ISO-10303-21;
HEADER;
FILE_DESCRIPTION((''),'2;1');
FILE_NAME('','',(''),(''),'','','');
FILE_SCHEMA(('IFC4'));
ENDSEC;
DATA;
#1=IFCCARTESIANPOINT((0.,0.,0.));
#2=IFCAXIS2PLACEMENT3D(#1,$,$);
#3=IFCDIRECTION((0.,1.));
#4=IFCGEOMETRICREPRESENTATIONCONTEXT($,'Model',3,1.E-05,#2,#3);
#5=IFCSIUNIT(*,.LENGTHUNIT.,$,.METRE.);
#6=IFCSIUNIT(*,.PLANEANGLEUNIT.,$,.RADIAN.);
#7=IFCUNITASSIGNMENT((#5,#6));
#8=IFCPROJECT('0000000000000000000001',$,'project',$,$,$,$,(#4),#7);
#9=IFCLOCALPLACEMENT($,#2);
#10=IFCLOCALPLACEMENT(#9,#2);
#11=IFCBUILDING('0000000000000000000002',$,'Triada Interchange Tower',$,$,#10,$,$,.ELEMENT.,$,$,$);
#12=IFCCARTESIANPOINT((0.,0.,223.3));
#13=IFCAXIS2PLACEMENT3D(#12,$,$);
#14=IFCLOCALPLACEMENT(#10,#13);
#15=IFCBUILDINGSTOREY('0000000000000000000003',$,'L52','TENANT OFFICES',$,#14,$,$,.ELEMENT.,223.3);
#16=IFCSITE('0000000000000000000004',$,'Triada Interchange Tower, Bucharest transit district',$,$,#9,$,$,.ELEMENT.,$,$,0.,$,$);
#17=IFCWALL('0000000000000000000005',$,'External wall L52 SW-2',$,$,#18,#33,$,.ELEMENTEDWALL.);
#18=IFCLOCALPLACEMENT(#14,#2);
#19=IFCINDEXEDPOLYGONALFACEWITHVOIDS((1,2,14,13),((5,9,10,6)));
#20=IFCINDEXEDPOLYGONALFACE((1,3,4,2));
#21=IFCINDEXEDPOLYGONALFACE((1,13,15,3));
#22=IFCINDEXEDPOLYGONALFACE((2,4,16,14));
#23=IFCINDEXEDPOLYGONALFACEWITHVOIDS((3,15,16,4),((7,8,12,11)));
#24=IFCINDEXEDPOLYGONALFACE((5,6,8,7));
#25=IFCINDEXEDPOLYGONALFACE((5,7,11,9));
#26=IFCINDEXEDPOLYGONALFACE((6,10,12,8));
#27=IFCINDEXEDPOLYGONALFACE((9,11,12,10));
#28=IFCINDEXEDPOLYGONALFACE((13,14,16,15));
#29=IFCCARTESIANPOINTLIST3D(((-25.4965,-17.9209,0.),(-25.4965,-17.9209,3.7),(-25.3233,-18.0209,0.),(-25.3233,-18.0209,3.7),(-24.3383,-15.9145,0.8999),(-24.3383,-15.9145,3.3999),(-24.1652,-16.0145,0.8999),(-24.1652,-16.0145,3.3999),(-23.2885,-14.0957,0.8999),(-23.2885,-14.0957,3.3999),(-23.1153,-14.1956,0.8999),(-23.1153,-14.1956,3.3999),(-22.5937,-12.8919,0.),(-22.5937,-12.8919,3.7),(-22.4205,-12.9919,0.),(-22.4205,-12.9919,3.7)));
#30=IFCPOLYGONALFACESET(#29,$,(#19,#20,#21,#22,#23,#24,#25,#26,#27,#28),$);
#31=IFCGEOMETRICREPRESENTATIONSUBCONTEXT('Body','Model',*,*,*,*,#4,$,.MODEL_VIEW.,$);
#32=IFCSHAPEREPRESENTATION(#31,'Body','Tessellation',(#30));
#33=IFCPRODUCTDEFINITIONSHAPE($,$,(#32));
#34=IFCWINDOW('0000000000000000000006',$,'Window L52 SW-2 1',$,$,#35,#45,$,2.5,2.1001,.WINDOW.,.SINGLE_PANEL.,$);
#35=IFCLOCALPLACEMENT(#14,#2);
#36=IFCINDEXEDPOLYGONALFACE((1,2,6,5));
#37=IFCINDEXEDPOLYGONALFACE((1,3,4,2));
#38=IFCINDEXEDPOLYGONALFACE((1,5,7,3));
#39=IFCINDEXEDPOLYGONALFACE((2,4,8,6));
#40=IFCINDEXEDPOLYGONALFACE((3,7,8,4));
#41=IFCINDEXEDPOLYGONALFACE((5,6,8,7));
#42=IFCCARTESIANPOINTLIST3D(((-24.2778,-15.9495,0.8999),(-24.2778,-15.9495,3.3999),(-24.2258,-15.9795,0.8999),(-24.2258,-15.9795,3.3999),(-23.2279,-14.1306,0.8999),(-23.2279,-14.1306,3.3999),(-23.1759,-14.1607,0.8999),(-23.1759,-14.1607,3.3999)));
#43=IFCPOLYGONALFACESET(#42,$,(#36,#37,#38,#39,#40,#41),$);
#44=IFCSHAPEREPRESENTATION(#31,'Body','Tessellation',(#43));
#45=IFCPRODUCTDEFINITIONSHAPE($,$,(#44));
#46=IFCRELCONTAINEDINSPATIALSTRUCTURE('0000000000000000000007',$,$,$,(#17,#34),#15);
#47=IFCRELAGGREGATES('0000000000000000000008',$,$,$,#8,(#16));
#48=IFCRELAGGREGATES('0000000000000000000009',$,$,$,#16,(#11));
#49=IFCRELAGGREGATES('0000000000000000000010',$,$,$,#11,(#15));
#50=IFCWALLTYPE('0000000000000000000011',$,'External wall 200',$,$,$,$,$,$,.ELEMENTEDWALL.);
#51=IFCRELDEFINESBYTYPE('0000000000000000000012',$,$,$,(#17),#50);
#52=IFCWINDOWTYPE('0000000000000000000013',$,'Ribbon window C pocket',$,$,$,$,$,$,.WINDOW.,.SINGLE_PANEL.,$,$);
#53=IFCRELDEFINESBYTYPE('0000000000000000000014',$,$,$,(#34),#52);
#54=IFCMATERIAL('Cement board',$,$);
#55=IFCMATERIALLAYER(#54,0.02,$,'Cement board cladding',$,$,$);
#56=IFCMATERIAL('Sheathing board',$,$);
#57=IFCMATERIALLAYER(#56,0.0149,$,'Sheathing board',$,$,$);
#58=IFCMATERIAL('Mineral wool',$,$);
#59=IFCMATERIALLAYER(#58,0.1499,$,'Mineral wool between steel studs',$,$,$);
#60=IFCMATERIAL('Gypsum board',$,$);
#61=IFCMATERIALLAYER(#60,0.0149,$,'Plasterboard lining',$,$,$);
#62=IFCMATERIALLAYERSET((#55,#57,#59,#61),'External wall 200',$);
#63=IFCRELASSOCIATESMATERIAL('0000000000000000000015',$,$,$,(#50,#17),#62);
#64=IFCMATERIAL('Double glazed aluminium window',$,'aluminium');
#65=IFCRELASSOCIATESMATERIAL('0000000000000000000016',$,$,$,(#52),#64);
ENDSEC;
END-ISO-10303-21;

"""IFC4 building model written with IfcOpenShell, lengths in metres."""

from ifc_helpers import new_model, si_unit, direction, frame, frame_2d, origin, place, context, subcontext, project, spatial, rectangle, extrude, material, layer, layer_set, layer_usage, type_object, element, fill, save


model = new_model("IFC4")

# Units and contexts
model_context = context("Model", 3, precision=1e-05, world=origin(), true_north=direction((0.0, 1.0)))
body_context = subcontext(model_context, "Body", "Model", "MODEL_VIEW")
ifc_project = project(units=[si_unit("LENGTHUNIT", "METRE"), si_unit("PLANEANGLEUNIT", "RADIAN")], contexts=[model_context])

# Site, building, storey
site_placement = place(None, origin())
site = spatial("IfcSite", under=ifc_project, at=site_placement, Name="Triada Interchange Tower, Bucharest transit district", CompositionType="ELEMENT", RefElevation=0.0)
building_placement = place(site_placement, origin())
building = spatial("IfcBuilding", under=site, at=building_placement, Name="Triada Interchange Tower", CompositionType="ELEMENT")
storey_placement = place(building_placement, frame((0.0, 0.0, 223.3)))
storey = spatial("IfcBuildingStorey", under=building, at=storey_placement, Name="L52", Description="TENANT OFFICES", CompositionType="ELEMENT", Elevation=223.3)

# Wall, opening, window
ifc_material_1 = material(Name="Cement board")
ifc_layer_1 = layer(ifc_material_1, 0.02, Name="Cement board cladding")
ifc_material_2 = material(Name="Sheathing board")
ifc_layer_2 = layer(ifc_material_2, 0.0149, Name="Sheathing board")
ifc_material_3 = material(Name="Mineral wool")
ifc_layer_3 = layer(ifc_material_3, 0.1499, Name="Mineral wool between steel studs")
ifc_material_4 = material(Name="Gypsum board")
ifc_layer_4 = layer(ifc_material_4, 0.0149, Name="Plasterboard lining")
ifc_layer_set_1 = layer_set([ifc_layer_1, ifc_layer_2, ifc_layer_3, ifc_layer_4], Name="External wall 200")
ifc_layer_usage = layer_usage(ifc_layer_set_1, "AXIS2", "POSITIVE", -0.1001)
wall_type_1 = type_object("IfcWallType", Name="External wall 200", PredefinedType="ELEMENTEDWALL", material=ifc_layer_set_1)
ifc_material_5 = material(Name="Double glazed aluminium window", Category="aluminium")
window_type_1 = type_object("IfcWindowType", Name="Ribbon window C pocket", PartitioningType="SINGLE_PANEL", PredefinedType="WINDOW", material=ifc_material_5)
wall_1_placement = place(storey_placement, frame((-22.5071, -12.9419, 0.0), z_axis=(0.0, 0.0, 1.0), x_axis=(-0.49991, -0.866077, 0.0)))
wall_1 = element("IfcWall", 1, at=wall_1_placement, inside=storey, type_object=wall_type_1, material=ifc_layer_usage, Name="External wall L52 SW-2", PredefinedType="ELEMENTEDWALL", context=body_context, shape_type="SweptSolid", body=[
    extrude(rectangle(XDim=5.8066, YDim=0.2, at=frame_2d((2.9033, 0.0))), origin(), (0.0, 0.0, 1.0), 3.7),
])
opening_1_placement = place(wall_1_placement, frame((1.3899, 0.0, 0.8999)))
opening_1 = element("IfcOpeningElement", 2, at=opening_1_placement, cuts=wall_1, PredefinedType="OPENING", context=body_context, shape_type="SweptSolid", body=[
    extrude(rectangle(XDim=2.1001, YDim=2.5, at=frame_2d((1.05, 1.25))), frame((0.0, 0.1099, 0.0), z_axis=(0.0, -1.0, 0.0), x_axis=(1.0, 0.0, 0.0)), (0.0, 0.0, 1.0), 0.22),
])
window_1_placement = place(opening_1_placement, origin())
window_1 = element("IfcWindow", 3, at=window_1_placement, inside=storey, type_object=window_type_1, Name="Window L52 SW-2 1", OverallHeight=2.5, OverallWidth=2.1001, PartitioningType="SINGLE_PANEL", PredefinedType="WINDOW", context=body_context, shape_type="SweptSolid", body=[
    extrude(rectangle(XDim=2.1001, YDim=2.5, at=frame_2d((1.05, 1.25))), frame((0.0, 0.03, 0.0), z_axis=(0.0, -1.0, 0.0), x_axis=(1.0, 0.0, 0.0)), (0.0, 0.0, 1.0), 0.0601),
])
fill(opening_1, window_1)

save(model, "model.ifc")
